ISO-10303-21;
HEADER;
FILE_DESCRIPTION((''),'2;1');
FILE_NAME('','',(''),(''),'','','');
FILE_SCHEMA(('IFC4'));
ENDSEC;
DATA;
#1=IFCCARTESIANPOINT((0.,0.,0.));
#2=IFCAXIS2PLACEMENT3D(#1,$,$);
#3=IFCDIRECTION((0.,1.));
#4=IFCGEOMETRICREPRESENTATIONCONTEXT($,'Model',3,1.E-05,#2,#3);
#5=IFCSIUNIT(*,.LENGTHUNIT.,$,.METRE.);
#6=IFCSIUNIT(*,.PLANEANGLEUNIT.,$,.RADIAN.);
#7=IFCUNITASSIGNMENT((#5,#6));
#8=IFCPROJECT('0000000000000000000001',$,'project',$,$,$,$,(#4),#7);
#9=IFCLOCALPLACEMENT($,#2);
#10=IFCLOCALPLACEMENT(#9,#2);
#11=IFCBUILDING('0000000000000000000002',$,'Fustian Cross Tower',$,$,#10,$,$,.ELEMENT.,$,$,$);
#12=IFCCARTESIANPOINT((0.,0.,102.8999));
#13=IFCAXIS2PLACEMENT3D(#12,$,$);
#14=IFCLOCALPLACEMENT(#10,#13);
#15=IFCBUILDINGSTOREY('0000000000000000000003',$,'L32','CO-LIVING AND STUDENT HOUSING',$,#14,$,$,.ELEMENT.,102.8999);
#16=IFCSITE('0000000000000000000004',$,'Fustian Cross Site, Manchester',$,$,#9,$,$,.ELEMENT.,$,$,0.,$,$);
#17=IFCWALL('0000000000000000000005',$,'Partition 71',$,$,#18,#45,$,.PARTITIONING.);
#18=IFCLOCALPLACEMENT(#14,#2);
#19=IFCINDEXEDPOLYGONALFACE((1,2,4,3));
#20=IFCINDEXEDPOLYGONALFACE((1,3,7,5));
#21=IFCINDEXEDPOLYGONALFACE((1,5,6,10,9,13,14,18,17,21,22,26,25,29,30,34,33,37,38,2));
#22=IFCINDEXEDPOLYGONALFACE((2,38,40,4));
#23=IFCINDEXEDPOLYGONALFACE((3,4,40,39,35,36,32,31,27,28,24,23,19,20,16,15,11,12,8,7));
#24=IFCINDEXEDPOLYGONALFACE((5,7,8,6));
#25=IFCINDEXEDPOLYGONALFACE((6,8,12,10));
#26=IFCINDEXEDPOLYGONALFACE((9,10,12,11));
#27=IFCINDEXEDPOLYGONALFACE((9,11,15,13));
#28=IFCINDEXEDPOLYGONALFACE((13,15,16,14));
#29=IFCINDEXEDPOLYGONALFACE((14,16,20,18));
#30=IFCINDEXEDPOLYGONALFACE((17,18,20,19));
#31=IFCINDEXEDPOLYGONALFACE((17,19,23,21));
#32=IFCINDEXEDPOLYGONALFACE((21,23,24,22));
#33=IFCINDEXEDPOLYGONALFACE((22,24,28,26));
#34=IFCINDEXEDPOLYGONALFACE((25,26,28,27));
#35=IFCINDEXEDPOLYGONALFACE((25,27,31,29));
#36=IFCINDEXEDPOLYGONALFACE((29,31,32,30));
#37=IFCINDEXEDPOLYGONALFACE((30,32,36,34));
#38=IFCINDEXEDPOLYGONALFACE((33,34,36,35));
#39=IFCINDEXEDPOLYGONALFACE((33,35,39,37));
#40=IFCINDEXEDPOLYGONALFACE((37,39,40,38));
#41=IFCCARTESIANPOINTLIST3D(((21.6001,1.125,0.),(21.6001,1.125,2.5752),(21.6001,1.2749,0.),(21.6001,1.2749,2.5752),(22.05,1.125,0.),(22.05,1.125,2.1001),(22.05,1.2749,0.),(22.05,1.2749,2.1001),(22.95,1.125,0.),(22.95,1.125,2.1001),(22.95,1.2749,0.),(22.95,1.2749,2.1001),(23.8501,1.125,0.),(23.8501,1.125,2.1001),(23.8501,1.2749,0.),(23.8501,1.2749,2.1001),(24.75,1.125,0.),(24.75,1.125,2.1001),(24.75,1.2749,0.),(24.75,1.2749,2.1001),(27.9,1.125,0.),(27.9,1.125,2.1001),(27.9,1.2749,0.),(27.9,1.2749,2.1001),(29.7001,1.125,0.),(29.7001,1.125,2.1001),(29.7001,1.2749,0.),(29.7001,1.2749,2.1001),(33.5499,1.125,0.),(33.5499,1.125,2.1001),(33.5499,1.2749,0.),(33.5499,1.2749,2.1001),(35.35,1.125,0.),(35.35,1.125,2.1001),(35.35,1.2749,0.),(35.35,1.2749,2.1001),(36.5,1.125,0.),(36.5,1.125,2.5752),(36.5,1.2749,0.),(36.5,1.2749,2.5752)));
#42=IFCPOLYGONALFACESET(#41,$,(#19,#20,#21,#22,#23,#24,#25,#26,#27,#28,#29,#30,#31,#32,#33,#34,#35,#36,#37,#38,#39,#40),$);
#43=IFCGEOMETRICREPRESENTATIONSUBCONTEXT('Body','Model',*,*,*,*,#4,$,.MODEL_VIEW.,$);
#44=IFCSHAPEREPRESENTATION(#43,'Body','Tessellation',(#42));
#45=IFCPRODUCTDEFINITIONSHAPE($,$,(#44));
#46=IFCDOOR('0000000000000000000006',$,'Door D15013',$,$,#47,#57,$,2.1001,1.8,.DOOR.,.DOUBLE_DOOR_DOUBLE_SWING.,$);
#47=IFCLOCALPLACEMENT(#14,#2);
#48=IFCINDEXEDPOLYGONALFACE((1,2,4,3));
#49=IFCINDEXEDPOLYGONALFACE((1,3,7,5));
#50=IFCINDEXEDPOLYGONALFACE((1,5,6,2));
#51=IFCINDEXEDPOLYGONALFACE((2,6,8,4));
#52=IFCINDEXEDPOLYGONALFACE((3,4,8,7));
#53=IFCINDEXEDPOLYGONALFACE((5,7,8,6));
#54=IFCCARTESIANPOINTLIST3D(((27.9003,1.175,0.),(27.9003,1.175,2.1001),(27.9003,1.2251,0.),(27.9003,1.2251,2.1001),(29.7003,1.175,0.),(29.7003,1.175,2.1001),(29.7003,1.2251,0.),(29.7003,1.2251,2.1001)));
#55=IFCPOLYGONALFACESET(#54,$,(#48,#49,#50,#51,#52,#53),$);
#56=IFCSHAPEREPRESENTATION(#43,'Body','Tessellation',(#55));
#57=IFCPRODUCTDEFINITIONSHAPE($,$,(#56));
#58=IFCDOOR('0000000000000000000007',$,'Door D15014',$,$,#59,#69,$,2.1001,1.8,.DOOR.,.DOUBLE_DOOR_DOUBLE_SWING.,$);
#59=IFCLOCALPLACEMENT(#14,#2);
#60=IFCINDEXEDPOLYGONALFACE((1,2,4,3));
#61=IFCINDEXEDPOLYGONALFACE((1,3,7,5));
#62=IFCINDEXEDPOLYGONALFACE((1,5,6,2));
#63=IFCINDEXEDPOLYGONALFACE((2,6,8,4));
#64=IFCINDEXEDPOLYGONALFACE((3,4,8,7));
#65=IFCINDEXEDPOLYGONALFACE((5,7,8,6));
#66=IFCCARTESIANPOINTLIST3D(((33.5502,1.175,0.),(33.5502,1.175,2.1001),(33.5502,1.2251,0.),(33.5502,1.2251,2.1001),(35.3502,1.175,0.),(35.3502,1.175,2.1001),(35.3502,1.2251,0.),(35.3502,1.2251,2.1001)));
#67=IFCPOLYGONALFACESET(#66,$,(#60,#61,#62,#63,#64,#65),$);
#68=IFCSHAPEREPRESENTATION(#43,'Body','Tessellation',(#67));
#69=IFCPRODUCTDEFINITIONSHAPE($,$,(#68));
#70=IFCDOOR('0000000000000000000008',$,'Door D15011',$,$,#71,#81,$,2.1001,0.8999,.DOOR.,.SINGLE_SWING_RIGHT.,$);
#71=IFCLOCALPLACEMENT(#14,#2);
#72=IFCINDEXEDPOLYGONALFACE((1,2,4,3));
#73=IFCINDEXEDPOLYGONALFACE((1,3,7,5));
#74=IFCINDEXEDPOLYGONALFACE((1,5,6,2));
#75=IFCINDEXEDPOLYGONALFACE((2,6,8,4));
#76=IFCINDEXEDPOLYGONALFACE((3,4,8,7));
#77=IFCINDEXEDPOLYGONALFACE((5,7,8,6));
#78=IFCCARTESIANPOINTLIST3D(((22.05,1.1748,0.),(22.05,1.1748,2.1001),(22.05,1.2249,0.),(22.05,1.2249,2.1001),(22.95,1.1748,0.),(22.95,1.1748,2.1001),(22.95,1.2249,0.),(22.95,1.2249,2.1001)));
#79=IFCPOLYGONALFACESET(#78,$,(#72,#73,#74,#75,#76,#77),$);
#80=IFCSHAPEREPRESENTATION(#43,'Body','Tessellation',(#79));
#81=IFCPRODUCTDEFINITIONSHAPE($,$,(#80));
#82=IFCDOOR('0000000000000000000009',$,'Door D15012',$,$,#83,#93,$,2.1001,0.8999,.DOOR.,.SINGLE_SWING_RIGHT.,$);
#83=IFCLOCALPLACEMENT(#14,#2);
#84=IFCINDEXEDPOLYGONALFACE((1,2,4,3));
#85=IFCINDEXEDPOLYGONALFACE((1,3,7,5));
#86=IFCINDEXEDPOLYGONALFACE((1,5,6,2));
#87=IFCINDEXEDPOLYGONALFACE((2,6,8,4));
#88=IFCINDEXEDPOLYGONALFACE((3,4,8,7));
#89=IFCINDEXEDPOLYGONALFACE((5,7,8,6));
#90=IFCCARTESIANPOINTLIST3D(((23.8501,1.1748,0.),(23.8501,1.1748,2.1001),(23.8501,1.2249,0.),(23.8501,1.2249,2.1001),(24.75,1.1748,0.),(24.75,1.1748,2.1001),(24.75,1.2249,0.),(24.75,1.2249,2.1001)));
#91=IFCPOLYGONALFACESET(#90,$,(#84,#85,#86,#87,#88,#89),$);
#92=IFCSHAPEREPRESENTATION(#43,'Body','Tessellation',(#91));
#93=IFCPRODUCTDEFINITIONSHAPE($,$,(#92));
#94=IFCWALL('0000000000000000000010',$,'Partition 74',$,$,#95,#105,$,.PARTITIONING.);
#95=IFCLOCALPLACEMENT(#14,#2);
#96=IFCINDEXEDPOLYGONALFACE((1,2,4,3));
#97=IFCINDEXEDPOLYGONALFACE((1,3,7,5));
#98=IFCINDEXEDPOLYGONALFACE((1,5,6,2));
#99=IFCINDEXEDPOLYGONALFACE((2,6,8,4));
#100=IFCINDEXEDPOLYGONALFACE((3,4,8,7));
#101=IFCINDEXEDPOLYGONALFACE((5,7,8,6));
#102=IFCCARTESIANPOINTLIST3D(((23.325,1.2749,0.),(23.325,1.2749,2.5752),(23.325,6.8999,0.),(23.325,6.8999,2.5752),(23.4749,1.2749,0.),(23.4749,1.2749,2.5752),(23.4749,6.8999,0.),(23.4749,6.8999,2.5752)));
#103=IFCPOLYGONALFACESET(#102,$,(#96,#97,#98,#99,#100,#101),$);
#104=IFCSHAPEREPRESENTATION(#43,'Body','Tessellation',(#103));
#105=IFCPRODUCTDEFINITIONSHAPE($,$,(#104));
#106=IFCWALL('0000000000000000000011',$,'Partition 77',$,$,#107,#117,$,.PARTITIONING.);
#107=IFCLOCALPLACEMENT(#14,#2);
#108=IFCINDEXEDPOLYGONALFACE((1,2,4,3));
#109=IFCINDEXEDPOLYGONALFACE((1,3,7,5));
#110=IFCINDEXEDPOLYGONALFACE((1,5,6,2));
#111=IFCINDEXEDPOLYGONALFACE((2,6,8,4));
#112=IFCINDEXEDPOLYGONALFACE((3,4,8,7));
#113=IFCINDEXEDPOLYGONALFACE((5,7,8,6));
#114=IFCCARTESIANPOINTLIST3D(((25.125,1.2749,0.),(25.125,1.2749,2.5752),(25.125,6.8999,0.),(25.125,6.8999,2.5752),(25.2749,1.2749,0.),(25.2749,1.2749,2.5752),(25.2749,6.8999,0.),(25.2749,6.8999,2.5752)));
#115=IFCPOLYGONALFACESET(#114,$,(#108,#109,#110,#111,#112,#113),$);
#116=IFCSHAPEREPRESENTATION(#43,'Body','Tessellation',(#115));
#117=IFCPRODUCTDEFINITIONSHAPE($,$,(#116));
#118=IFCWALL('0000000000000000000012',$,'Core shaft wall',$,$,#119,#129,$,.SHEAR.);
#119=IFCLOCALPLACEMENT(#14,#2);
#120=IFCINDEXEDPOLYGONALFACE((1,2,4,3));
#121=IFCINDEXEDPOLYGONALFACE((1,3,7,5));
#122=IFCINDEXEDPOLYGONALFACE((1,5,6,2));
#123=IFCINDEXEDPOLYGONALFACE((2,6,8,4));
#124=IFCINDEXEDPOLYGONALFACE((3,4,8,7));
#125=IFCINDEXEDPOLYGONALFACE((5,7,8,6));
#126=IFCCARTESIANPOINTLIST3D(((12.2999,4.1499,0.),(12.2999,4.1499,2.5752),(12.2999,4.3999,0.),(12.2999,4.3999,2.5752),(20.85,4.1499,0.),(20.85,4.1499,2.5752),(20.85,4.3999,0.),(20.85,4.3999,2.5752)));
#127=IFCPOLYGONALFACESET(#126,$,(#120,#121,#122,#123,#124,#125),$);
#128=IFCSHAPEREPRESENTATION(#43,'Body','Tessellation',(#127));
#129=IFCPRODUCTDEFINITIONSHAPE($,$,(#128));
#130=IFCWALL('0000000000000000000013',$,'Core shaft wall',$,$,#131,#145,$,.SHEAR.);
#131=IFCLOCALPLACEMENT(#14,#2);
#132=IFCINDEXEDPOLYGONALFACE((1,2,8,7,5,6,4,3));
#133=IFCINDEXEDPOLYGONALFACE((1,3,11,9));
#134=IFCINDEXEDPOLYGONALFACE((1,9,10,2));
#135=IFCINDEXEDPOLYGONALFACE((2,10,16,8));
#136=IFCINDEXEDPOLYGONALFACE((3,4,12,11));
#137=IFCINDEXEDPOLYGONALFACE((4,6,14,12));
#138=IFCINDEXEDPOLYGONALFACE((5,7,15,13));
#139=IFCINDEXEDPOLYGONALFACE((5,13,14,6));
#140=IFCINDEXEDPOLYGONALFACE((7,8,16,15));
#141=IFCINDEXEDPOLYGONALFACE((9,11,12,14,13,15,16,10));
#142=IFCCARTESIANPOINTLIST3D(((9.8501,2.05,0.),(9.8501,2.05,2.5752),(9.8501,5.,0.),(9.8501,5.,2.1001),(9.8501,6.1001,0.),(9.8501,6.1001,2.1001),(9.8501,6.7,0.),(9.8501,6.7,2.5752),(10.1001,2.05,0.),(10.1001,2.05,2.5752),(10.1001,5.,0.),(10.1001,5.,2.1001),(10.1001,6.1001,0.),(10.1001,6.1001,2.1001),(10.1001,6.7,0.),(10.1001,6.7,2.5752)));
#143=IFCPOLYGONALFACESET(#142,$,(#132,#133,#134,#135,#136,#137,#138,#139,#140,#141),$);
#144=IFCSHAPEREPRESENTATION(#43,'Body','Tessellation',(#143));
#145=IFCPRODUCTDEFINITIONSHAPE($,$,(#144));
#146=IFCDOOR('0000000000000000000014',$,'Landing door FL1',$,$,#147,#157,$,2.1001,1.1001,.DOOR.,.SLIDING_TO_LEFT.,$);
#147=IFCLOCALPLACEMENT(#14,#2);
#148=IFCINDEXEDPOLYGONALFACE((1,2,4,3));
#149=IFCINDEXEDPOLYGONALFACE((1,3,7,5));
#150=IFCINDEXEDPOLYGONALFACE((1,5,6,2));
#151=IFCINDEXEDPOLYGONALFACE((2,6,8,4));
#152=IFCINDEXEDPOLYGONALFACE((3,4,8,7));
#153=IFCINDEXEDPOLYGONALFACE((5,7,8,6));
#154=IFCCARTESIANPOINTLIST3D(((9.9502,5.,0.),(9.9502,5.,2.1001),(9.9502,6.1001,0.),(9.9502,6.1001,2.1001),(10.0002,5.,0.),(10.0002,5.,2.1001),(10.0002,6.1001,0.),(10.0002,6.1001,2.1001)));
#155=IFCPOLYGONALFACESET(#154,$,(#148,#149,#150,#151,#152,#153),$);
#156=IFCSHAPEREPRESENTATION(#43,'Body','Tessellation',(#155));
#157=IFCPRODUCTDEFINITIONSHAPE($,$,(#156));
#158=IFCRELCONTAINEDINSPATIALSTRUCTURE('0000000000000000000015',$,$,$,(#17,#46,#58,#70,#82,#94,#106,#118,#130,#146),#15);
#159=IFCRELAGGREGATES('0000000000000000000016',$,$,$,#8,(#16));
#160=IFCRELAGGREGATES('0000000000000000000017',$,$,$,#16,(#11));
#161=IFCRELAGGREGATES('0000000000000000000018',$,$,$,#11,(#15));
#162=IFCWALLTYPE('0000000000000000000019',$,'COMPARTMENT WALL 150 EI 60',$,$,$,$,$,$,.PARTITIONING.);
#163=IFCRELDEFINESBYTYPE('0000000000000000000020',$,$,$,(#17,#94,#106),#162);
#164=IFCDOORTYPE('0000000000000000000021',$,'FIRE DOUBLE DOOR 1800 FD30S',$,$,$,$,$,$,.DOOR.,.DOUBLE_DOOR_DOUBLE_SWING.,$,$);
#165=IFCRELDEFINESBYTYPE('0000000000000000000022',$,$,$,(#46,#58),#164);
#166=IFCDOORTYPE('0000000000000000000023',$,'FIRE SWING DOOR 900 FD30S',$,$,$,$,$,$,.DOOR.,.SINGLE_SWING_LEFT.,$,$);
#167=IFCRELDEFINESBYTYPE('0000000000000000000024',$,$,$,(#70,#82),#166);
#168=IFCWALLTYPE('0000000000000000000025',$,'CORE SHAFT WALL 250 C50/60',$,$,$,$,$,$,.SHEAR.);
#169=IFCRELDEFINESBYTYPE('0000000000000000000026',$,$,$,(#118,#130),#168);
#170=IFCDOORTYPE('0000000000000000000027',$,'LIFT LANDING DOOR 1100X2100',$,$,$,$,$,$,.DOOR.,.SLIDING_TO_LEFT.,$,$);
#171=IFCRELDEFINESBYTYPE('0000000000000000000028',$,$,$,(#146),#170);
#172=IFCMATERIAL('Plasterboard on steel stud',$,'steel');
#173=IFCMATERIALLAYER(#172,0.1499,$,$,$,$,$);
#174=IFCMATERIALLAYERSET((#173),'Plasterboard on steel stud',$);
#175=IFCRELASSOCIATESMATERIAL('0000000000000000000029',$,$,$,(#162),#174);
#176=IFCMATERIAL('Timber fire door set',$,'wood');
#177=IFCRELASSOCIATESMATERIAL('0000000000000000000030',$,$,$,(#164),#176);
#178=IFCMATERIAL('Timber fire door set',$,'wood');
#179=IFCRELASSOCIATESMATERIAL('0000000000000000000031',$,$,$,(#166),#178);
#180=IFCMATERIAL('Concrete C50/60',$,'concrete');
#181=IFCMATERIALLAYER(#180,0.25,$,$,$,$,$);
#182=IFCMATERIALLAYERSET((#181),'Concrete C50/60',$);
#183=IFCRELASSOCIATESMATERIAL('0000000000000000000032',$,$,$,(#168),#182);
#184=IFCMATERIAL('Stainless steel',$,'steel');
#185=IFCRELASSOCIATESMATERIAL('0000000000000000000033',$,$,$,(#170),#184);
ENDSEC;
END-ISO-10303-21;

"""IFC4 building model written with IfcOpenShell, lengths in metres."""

from ifc_helpers import new_model, si_unit, direction, frame, frame_2d, origin, place, context, subcontext, project, spatial, rectangle, extrude, material, layer, layer_set, type_object, element, fill, save


model = new_model("IFC4")

# Units and contexts
model_context = context("Model", 3, precision=1e-05, world=origin(), true_north=direction((0.0, 1.0)))
body_context = subcontext(model_context, "Body", "Model", "MODEL_VIEW")
ifc_project = project(units=[si_unit("LENGTHUNIT", "METRE"), si_unit("PLANEANGLEUNIT", "RADIAN")], contexts=[model_context])

# Site, building, storey
site_placement = place(None, origin())
site = spatial("IfcSite", under=ifc_project, at=site_placement, Name="Fustian Cross Site, Manchester", CompositionType="ELEMENT", RefElevation=0.0)
building_placement = place(site_placement, origin())
building = spatial("IfcBuilding", under=site, at=building_placement, Name="Fustian Cross Tower", CompositionType="ELEMENT")
storey_placement = place(building_placement, frame((0.0, 0.0, 102.8999)))
storey = spatial("IfcBuildingStorey", under=building, at=storey_placement, Name="L32", Description="CO-LIVING AND STUDENT HOUSING", CompositionType="ELEMENT", Elevation=102.8999)

# Wall, openings, doors
ifc_material_1 = material(Name="Plasterboard on steel stud", Category="steel")
ifc_layer_1 = layer(ifc_material_1, 0.1499)
ifc_layer_set_1 = layer_set([ifc_layer_1], Name="Plasterboard on steel stud")
wall_type_1 = type_object("IfcWallType", Name="COMPARTMENT WALL 150 EI 60", PredefinedType="PARTITIONING", material=ifc_layer_set_1)
ifc_material_2 = material(Name="Timber fire door set", Category="wood")
door_type_1 = type_object("IfcDoorType", Name="FIRE DOUBLE DOOR 1800 FD30S", OperationType="DOUBLE_DOOR_DOUBLE_SWING", PredefinedType="DOOR", material=ifc_material_2)
wall_1_placement = place(storey_placement, frame((21.6001, 1.2, 0.0), z_axis=(0.0, 0.0, 1.0), x_axis=(1.0, 0.0, 0.0)))
wall_1 = element("IfcWall", 1, at=wall_1_placement, inside=storey, type_object=wall_type_1, Name="Partition 71", PredefinedType="PARTITIONING", context=body_context, shape_type="SweptSolid", body=[
    extrude(rectangle(XDim=14.8999, YDim=0.1499, at=frame_2d((7.45, 0.0))), origin(), (0.0, 0.0, 1.0), 2.5752),
])
opening_1_placement = place(wall_1_placement, frame((0.45, 0.0, 0.0)))
opening_1 = element("IfcOpeningElement", 2, at=opening_1_placement, cuts=wall_1, PredefinedType="OPENING", context=body_context, shape_type="SweptSolid", body=[
    extrude(rectangle(XDim=0.8999, YDim=2.1001, at=frame_2d((0.45, 1.05))), frame((0.0, 0.085, 0.0), z_axis=(0.0, -1.0, 0.0), x_axis=(1.0, 0.0, 0.0)), (0.0, 0.0, 1.0), 0.1699),
])
opening_2_placement = place(wall_1_placement, frame((2.25, 0.0, 0.0)))
opening_2 = element("IfcOpeningElement", 3, at=opening_2_placement, cuts=wall_1, PredefinedType="OPENING", context=body_context, shape_type="SweptSolid", body=[
    extrude(rectangle(XDim=0.8999, YDim=2.1001, at=frame_2d((0.45, 1.05))), frame((0.0, 0.085, 0.0), z_axis=(0.0, -1.0, 0.0), x_axis=(1.0, 0.0, 0.0)), (0.0, 0.0, 1.0), 0.1699),
])
opening_3_placement = place(wall_1_placement, frame((6.3, 0.0, 0.0)))
opening_3 = element("IfcOpeningElement", 4, at=opening_3_placement, cuts=wall_1, PredefinedType="OPENING", context=body_context, shape_type="SweptSolid", body=[
    extrude(rectangle(XDim=1.8, YDim=2.1001, at=frame_2d((0.8999, 1.05))), frame((0.0, 0.085, 0.0), z_axis=(0.0, -1.0, 0.0), x_axis=(1.0, 0.0, 0.0)), (0.0, 0.0, 1.0), 0.1699),
])
opening_4_placement = place(wall_1_placement, frame((11.95, 0.0, 0.0)))
opening_4 = element("IfcOpeningElement", 5, at=opening_4_placement, cuts=wall_1, PredefinedType="OPENING", context=body_context, shape_type="SweptSolid", body=[
    extrude(rectangle(XDim=1.8, YDim=2.1001, at=frame_2d((0.8999, 1.05))), frame((0.0, 0.085, 0.0), z_axis=(0.0, -1.0, 0.0), x_axis=(1.0, 0.0, 0.0)), (0.0, 0.0, 1.0), 0.1699),
])
door_1_placement = place(opening_3_placement, frame((1.8, 0.0, 0.0), z_axis=(0.0, 0.0, 1.0), x_axis=(-1.0, 0.0, 0.0)))
door_1 = element("IfcDoor", 6, at=door_1_placement, inside=storey, type_object=door_type_1, Name="Door D15013", OperationType="DOUBLE_DOOR_DOUBLE_SWING", OverallHeight=2.1001, OverallWidth=1.8, PredefinedType="DOOR", context=body_context, shape_type="SweptSolid", body=[
    extrude(rectangle(XDim=1.8, YDim=2.1001, at=frame_2d((0.8999, 1.05))), frame((0.0, 0.0249, 0.0), z_axis=(0.0, -1.0, 0.0), x_axis=(1.0, 0.0, 0.0)), (0.0, 0.0, 1.0), 0.05),
])
fill(opening_3, door_1)
door_2_placement = place(opening_4_placement, frame((1.8, 0.0, 0.0), z_axis=(0.0, 0.0, 1.0), x_axis=(-1.0, 0.0, 0.0)))
door_2 = element("IfcDoor", 7, at=door_2_placement, inside=storey, type_object=door_type_1, Name="Door D15014", OperationType="DOUBLE_DOOR_DOUBLE_SWING", OverallHeight=2.1001, OverallWidth=1.8, PredefinedType="DOOR", context=body_context, shape_type="SweptSolid", body=[
    extrude(rectangle(XDim=1.8, YDim=2.1001, at=frame_2d((0.8999, 1.05))), frame((0.0, 0.0249, 0.0), z_axis=(0.0, -1.0, 0.0), x_axis=(1.0, 0.0, 0.0)), (0.0, 0.0, 1.0), 0.05),
])
fill(opening_4, door_2)
ifc_material_3 = material(Name="Timber fire door set", Category="wood")
door_type_2 = type_object("IfcDoorType", Name="FIRE SWING DOOR 900 FD30S", OperationType="SINGLE_SWING_LEFT", PredefinedType="DOOR", material=ifc_material_3)
door_3_placement = place(opening_1_placement, origin())
door_3 = element("IfcDoor", 8, at=door_3_placement, inside=storey, type_object=door_type_2, Name="Door D15011", OperationType="SINGLE_SWING_RIGHT", OverallHeight=2.1001, OverallWidth=0.8999, PredefinedType="DOOR", context=body_context, shape_type="SweptSolid", body=[
    extrude(rectangle(XDim=0.8999, YDim=2.1001, at=frame_2d((0.45, 1.05))), frame((0.0, 0.0249, 0.0), z_axis=(0.0, -1.0, 0.0), x_axis=(1.0, 0.0, 0.0)), (0.0, 0.0, 1.0), 0.05),
])
fill(opening_1, door_3)
door_4_placement = place(opening_2_placement, origin())
door_4 = element("IfcDoor", 9, at=door_4_placement, inside=storey, type_object=door_type_2, Name="Door D15012", OperationType="SINGLE_SWING_RIGHT", OverallHeight=2.1001, OverallWidth=0.8999, PredefinedType="DOOR", context=body_context, shape_type="SweptSolid", body=[
    extrude(rectangle(XDim=0.8999, YDim=2.1001, at=frame_2d((0.45, 1.05))), frame((0.0, 0.0249, 0.0), z_axis=(0.0, -1.0, 0.0), x_axis=(1.0, 0.0, 0.0)), (0.0, 0.0, 1.0), 0.05),
])
fill(opening_2, door_4)

# Walls
for number, where, z_axis, x_axis, name in (
    (10, (23.3999, 1.2749, 0.0), (0.0, 0.0, 1.0), (0.0, 1.0, 0.0), "Partition 74"),
    (11, (25.2, 1.2749, 0.0), (0.0, 0.0, 1.0), (0.0, 1.0, 0.0), "Partition 77"),
):
    element("IfcWall", number, at=place(storey_placement, frame(where, z_axis=z_axis, x_axis=x_axis)), inside=storey, type_object=wall_type_1, Name=name, PredefinedType="PARTITIONING", context=body_context, shape_type="SweptSolid", body=[
        extrude(rectangle(XDim=5.625, YDim=0.1499, at=frame_2d((2.8125, 0.0))), origin(), (0.0, 0.0, 1.0), 2.5752),
    ])
ifc_material_4 = material(Name="Concrete C50/60", Category="concrete")
ifc_layer_2 = layer(ifc_material_4, 0.25)
ifc_layer_set_2 = layer_set([ifc_layer_2], Name="Concrete C50/60")
wall_type_2 = type_object("IfcWallType", Name="CORE SHAFT WALL 250 C50/60", PredefinedType="SHEAR", material=ifc_layer_set_2)
wall_2_placement = place(storey_placement, frame((12.3, 4.2749, 0.0), z_axis=(0.0, 0.0, 1.0), x_axis=(1.0, 0.0, 0.0)))
element("IfcWall", 12, at=wall_2_placement, inside=storey, type_object=wall_type_2, Name="Core shaft wall", PredefinedType="SHEAR", context=body_context, shape_type="SweptSolid", body=[
    extrude(rectangle(XDim=8.55, YDim=0.25, at=frame_2d((4.2749, 0.0))), origin(), (0.0, 0.0, 1.0), 2.5752),
])

# Wall, opening, door
wall_3_placement = place(storey_placement, frame((9.9751, 2.05, 0.0), z_axis=(0.0, 0.0, 1.0), x_axis=(0.0, 1.0, 0.0)))
wall_3 = element("IfcWall", 13, at=wall_3_placement, inside=storey, type_object=wall_type_2, Name="Core shaft wall", PredefinedType="SHEAR", context=body_context, shape_type="SweptSolid", body=[
    extrude(rectangle(XDim=4.6499, YDim=0.25, at=frame_2d((2.325, 0.0))), origin(), (0.0, 0.0, 1.0), 2.5752),
])
opening_5_placement = place(wall_3_placement, frame((2.95, 0.0, 0.0)))
opening_5 = element("IfcOpeningElement", 14, at=opening_5_placement, cuts=wall_3, PredefinedType="OPENING", context=body_context, shape_type="SweptSolid", body=[
    extrude(rectangle(XDim=1.1001, YDim=2.1001, at=frame_2d((0.55, 1.05))), frame((0.0, 0.135, 0.0), z_axis=(0.0, -1.0, 0.0), x_axis=(1.0, 0.0, 0.0)), (0.0, 0.0, 1.0), 0.27),
])
ifc_material_5 = material(Name="Stainless steel", Category="steel")
door_type_3 = type_object("IfcDoorType", Name="LIFT LANDING DOOR 1100X2100", OperationType="SLIDING_TO_LEFT", PredefinedType="DOOR", material=ifc_material_5)
door_5_placement = place(opening_5_placement, origin())
door_5 = element("IfcDoor", 15, at=door_5_placement, inside=storey, type_object=door_type_3, Name="Landing door FL1", OperationType="SLIDING_TO_LEFT", OverallHeight=2.1001, OverallWidth=1.1001, PredefinedType="DOOR", context=body_context, shape_type="SweptSolid", body=[
    extrude(rectangle(XDim=1.1001, YDim=2.1001, at=frame_2d((0.55, 1.05))), frame((0.0, 0.0249, 0.0), z_axis=(0.0, -1.0, 0.0), x_axis=(1.0, 0.0, 0.0)), (0.0, 0.0, 1.0), 0.05),
])
fill(opening_5, door_5)

save(model, "model.ifc")
